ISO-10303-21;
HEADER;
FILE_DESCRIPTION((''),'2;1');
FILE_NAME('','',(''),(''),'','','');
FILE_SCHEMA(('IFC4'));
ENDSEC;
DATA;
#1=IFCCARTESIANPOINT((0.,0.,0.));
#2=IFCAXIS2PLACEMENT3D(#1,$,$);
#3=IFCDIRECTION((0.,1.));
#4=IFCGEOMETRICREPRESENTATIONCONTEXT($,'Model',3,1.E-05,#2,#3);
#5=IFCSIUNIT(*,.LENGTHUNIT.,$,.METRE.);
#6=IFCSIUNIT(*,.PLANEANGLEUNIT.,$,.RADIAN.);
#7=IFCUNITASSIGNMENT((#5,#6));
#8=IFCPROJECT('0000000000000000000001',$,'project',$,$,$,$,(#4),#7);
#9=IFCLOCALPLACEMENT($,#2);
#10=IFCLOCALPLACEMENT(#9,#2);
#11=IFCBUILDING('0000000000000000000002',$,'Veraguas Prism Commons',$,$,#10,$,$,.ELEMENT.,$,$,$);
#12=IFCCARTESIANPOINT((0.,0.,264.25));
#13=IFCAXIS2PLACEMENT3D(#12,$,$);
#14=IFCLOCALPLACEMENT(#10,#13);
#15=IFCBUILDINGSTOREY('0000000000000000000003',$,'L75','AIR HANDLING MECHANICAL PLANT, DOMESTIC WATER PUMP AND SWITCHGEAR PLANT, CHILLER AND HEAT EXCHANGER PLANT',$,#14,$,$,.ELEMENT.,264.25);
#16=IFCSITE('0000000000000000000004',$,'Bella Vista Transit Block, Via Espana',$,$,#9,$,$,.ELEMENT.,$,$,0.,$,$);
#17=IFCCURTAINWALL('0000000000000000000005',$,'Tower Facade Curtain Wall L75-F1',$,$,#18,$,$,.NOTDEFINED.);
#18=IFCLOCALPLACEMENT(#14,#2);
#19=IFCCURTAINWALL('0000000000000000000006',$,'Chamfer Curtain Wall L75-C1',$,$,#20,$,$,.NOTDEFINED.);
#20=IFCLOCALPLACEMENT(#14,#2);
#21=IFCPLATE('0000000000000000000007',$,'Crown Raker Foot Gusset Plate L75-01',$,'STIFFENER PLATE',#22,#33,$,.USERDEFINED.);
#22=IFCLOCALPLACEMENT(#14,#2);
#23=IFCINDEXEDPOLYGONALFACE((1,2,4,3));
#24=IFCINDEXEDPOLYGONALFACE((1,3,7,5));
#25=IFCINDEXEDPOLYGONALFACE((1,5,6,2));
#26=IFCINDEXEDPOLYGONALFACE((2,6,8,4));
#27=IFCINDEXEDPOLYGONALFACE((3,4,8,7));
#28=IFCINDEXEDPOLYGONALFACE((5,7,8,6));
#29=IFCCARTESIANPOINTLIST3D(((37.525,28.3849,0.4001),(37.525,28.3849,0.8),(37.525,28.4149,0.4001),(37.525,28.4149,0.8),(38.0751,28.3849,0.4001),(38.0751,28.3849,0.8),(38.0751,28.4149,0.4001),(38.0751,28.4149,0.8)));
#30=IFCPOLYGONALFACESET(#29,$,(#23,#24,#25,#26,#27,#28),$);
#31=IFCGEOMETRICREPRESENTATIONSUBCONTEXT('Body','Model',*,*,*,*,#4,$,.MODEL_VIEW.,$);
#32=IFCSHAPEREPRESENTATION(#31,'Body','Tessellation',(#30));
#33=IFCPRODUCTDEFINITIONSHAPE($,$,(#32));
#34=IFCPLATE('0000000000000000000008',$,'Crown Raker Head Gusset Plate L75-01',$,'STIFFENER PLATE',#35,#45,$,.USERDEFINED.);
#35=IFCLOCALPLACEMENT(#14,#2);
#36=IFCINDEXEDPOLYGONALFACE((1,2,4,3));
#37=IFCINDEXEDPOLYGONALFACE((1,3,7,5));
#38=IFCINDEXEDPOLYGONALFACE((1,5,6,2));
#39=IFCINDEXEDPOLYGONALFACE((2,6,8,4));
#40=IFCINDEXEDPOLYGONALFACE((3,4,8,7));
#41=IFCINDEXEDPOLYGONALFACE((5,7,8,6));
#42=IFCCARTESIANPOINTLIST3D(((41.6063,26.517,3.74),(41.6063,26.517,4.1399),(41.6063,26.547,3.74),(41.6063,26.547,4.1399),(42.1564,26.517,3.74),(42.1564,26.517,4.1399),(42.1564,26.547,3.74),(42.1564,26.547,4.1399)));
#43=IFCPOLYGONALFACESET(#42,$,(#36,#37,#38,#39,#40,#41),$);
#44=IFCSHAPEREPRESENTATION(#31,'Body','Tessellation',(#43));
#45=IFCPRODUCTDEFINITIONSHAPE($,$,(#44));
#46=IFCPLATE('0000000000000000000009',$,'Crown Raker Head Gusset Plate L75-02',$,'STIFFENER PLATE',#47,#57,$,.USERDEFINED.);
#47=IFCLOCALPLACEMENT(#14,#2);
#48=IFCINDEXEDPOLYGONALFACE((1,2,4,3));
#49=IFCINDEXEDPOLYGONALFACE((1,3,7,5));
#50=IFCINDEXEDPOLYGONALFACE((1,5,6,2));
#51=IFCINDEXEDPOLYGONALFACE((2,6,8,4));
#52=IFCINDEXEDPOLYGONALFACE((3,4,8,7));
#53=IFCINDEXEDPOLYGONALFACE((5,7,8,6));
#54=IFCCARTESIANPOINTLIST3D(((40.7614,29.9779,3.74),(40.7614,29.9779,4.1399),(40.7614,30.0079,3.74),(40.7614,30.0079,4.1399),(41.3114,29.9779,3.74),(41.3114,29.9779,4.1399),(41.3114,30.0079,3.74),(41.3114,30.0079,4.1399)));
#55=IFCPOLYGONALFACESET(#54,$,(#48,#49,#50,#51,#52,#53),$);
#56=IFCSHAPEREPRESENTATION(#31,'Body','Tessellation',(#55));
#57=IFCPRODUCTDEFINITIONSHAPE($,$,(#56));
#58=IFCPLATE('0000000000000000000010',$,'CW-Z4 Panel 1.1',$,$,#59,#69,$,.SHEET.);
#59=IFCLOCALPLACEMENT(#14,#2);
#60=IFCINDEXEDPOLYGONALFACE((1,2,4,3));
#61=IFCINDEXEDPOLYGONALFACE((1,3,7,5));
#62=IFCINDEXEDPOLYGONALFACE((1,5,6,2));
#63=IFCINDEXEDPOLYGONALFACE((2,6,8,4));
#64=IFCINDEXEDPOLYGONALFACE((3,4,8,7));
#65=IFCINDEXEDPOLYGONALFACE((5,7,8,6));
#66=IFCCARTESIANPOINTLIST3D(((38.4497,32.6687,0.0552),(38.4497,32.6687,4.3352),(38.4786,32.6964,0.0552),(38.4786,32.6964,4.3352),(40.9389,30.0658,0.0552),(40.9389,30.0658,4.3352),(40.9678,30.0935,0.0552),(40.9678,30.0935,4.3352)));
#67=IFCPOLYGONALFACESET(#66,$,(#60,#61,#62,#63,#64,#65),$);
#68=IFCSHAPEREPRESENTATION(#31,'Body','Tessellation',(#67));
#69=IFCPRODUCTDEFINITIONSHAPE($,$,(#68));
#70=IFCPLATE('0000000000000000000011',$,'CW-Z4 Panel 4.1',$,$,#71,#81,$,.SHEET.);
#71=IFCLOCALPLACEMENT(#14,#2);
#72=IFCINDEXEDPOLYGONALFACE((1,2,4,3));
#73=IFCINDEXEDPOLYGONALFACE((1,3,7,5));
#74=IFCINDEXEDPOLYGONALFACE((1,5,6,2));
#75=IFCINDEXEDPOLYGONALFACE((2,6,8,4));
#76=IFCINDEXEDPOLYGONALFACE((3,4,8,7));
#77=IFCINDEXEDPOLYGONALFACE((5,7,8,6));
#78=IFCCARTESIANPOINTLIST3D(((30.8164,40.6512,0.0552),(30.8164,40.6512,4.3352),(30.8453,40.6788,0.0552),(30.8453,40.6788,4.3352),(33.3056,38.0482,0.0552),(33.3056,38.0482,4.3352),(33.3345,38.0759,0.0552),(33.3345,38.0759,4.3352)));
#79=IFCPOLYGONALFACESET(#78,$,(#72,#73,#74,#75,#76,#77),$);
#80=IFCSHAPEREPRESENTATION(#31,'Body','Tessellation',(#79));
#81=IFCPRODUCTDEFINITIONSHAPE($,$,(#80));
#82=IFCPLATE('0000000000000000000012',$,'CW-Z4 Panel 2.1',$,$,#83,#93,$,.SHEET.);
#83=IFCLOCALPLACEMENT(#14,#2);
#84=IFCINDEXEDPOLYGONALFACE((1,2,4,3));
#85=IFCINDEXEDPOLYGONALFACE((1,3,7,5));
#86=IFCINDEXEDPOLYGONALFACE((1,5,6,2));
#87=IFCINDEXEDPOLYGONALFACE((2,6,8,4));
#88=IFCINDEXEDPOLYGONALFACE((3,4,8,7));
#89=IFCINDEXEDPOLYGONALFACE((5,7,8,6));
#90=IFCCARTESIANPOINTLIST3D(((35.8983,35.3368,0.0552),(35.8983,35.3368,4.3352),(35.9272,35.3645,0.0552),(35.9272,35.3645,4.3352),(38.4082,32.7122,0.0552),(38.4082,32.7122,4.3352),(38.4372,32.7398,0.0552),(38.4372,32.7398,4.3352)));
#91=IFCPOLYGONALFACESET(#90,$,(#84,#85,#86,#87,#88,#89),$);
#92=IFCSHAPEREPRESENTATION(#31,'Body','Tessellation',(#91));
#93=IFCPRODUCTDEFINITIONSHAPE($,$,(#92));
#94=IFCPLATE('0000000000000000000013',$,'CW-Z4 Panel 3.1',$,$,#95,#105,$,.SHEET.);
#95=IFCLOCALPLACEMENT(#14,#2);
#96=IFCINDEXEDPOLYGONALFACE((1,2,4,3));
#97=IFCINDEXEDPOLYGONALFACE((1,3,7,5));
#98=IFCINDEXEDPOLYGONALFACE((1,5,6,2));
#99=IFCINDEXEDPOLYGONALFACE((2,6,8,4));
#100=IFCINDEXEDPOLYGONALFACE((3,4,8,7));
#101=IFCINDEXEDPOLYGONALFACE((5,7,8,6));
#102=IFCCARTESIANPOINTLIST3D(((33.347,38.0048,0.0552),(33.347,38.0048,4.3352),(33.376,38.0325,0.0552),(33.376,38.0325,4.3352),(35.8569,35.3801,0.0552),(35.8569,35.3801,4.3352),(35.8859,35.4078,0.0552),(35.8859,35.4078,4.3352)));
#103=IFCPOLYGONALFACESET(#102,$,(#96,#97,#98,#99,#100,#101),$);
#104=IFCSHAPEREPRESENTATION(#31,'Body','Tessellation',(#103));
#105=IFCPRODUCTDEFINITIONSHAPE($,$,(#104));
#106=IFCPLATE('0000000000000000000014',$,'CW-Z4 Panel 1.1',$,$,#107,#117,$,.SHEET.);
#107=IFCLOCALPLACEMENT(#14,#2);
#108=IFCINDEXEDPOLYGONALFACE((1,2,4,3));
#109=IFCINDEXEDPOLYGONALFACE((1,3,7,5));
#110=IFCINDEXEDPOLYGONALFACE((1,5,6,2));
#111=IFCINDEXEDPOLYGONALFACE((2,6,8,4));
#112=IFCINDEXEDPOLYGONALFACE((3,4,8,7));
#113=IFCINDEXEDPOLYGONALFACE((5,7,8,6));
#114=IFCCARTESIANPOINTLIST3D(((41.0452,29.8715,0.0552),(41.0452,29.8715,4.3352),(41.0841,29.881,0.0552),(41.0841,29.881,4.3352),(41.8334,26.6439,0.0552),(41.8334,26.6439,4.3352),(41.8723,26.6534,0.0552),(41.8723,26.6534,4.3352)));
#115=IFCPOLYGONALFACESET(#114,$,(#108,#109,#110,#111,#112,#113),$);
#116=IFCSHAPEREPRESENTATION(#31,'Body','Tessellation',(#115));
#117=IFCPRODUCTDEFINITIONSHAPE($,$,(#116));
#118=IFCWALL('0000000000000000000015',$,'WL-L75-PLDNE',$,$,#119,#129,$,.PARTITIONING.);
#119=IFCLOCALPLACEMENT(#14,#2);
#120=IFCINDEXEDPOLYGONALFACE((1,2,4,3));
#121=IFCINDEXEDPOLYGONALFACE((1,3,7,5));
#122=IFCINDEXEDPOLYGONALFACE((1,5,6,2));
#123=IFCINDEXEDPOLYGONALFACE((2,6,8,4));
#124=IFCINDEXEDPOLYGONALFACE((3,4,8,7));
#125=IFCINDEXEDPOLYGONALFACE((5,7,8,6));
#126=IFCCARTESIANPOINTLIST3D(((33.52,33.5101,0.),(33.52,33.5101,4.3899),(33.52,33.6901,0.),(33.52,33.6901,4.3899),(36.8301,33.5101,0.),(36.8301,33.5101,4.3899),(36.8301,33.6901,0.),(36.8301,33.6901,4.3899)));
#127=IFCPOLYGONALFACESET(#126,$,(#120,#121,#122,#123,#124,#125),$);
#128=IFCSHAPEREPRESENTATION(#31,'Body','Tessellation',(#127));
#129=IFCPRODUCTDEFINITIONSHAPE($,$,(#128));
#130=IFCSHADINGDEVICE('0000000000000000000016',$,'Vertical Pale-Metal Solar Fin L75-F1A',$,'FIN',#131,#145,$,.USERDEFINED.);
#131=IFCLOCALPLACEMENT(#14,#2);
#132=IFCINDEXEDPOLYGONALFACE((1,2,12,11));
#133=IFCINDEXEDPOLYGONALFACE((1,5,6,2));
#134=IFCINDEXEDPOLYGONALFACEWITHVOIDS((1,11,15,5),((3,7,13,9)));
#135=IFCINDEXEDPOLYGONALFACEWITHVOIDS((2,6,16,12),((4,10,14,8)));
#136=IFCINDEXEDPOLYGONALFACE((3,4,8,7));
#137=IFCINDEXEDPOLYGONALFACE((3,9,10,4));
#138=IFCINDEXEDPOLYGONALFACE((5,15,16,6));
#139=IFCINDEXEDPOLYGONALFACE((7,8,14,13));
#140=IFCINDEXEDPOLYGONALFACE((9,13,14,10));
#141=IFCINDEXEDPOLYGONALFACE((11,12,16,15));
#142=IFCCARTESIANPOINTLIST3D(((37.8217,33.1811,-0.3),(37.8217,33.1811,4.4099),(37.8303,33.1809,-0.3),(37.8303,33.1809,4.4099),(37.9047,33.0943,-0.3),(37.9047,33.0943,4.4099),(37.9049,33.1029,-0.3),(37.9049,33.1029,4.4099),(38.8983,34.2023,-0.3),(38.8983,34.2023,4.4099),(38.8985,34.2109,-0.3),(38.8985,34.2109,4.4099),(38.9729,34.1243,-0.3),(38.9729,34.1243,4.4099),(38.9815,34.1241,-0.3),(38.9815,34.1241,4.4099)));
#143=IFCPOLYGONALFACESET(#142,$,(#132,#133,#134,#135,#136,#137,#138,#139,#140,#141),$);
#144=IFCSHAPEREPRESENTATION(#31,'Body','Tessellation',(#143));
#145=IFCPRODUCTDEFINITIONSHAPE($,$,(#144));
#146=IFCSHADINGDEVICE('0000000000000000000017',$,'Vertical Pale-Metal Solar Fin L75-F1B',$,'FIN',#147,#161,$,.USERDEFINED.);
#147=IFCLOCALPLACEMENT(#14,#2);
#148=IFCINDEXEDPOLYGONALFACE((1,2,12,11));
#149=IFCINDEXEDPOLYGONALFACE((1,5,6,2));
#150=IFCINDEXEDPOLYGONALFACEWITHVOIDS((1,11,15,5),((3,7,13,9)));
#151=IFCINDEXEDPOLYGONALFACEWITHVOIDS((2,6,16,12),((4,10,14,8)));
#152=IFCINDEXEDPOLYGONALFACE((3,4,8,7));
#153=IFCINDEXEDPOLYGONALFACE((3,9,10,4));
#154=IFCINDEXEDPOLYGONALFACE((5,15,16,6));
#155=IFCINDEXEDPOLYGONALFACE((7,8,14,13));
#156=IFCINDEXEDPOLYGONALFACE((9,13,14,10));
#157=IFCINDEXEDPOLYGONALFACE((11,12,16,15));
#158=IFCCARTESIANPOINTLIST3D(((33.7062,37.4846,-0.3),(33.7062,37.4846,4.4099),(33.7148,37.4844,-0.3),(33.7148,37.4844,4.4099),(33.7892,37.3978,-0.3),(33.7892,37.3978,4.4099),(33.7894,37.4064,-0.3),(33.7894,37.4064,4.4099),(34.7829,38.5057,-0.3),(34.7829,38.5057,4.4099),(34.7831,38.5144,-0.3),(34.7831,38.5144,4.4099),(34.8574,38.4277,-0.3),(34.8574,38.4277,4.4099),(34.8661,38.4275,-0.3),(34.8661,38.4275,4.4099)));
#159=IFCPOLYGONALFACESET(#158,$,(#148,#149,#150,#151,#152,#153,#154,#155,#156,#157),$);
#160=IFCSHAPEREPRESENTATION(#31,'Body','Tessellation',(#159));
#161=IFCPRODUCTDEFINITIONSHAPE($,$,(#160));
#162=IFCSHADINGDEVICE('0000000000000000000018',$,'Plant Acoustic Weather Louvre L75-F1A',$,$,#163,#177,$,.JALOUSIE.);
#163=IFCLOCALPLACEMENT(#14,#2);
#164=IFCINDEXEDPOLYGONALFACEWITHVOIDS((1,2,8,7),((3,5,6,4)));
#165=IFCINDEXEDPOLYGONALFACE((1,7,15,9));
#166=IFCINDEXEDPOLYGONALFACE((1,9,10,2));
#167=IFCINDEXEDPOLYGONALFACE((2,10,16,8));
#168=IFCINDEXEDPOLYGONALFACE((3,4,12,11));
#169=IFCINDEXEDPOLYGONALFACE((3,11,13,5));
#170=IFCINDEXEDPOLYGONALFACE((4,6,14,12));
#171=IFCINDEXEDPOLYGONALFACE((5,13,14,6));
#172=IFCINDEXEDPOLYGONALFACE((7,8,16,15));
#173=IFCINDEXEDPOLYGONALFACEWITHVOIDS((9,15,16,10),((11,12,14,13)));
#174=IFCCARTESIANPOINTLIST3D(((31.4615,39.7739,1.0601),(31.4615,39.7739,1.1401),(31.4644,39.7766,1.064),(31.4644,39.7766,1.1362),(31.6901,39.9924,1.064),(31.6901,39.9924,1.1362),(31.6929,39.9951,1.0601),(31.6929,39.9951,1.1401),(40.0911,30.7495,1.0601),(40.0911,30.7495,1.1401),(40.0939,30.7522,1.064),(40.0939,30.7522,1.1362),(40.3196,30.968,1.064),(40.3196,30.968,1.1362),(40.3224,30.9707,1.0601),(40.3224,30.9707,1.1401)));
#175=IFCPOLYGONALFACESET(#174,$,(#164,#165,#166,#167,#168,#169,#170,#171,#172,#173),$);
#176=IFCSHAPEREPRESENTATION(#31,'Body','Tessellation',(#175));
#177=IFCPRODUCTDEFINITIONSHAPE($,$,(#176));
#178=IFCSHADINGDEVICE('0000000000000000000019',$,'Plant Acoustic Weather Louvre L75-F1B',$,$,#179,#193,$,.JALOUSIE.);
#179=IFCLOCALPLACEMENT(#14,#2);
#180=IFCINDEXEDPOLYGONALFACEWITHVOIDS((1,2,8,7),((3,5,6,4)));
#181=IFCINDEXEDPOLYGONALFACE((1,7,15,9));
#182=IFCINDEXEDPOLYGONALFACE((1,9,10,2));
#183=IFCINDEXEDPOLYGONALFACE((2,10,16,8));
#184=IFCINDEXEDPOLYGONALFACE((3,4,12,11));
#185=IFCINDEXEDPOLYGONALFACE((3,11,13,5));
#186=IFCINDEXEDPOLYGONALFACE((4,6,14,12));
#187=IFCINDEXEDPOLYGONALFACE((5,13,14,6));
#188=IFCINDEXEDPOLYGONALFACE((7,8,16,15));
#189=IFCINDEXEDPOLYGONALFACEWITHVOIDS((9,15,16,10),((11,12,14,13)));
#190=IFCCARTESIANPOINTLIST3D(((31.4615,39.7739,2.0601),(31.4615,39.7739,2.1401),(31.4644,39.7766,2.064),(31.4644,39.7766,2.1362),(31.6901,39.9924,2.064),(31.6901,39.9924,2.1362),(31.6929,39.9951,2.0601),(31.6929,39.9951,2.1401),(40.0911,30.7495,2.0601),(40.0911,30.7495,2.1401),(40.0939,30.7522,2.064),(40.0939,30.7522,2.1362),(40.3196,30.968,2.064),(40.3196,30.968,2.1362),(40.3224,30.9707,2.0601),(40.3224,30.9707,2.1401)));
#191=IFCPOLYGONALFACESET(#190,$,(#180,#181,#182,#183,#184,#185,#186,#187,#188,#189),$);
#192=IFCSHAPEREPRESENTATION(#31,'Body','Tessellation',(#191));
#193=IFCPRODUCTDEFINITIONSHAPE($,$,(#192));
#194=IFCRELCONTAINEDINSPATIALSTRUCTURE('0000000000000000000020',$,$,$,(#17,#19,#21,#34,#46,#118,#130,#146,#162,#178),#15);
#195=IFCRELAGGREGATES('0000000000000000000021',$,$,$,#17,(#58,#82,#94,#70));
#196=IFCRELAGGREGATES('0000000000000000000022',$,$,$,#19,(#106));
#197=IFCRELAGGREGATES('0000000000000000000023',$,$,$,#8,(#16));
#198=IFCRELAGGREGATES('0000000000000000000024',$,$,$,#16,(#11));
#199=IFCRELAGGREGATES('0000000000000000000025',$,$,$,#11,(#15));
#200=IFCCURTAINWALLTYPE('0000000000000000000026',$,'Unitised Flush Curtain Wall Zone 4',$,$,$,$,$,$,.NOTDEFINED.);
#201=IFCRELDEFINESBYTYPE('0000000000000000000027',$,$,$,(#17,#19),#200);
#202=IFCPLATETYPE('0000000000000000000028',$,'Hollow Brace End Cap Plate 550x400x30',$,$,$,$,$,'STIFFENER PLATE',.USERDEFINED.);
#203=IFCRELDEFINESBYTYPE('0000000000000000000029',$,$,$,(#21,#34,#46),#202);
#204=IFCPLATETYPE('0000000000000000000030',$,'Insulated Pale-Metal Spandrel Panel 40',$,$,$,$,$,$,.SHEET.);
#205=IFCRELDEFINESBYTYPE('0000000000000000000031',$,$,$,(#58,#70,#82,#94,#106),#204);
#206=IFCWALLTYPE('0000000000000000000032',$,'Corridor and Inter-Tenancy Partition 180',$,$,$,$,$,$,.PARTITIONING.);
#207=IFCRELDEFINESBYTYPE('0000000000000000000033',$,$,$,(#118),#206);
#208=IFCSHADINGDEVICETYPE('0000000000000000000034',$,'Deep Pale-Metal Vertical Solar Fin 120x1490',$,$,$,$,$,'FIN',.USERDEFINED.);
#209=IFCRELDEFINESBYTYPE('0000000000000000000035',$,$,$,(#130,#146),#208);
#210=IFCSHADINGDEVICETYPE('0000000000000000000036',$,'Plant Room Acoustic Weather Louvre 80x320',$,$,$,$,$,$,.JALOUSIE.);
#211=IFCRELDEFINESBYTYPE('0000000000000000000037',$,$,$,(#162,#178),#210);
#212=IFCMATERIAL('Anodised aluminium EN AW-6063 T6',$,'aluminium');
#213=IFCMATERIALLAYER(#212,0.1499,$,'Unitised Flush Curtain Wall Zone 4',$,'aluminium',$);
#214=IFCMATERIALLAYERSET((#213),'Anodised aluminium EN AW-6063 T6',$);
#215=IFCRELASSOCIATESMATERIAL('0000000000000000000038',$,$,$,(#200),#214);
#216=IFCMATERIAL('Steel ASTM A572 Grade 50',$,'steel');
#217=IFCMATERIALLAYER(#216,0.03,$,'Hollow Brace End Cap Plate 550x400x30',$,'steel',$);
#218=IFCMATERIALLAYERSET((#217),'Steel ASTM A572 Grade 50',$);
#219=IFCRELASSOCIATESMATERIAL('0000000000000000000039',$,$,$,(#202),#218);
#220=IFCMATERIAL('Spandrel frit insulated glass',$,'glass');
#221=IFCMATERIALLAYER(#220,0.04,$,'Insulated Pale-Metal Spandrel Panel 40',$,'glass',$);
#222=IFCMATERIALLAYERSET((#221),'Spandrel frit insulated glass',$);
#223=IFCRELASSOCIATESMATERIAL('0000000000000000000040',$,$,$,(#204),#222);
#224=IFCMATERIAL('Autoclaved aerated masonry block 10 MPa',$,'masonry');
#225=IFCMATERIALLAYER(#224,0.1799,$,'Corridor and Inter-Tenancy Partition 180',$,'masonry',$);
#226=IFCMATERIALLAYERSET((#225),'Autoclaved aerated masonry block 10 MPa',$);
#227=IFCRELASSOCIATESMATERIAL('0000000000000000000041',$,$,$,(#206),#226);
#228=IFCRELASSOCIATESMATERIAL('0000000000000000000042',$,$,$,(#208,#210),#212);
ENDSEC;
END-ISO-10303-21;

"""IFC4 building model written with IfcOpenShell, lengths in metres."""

from ifc_helpers import new_model, si_unit, direction, frame, frame_2d, origin, origin_2d, place, context, subcontext, project, spatial, rectangle, hollow_rectangle, extrude, source, transform, mapped, material, layer, layer_set, material_profile, profile_set, type_object, element, aggregate, save


model = new_model("IFC4")

# Units and contexts
model_context = context("Model", 3, precision=1e-05, world=origin(), true_north=direction((0.0, 1.0)))
body_context = subcontext(model_context, "Body", "Model", "MODEL_VIEW")
ifc_project = project(units=[si_unit("LENGTHUNIT", "METRE"), si_unit("PLANEANGLEUNIT", "RADIAN")], contexts=[model_context])

# Site, building, storey
site_placement = place(None, origin())
site = spatial("IfcSite", under=ifc_project, at=site_placement, Name="Bella Vista Transit Block, Via Espana", CompositionType="ELEMENT", RefElevation=0.0)
building_placement = place(site_placement, origin())
building = spatial("IfcBuilding", under=site, at=building_placement, Name="Veraguas Prism Commons", CompositionType="ELEMENT")
storey_placement = place(building_placement, frame((0.0, 0.0, 264.25)))
storey = spatial("IfcBuildingStorey", under=building, at=storey_placement, Name="L75", Description="AIR HANDLING MECHANICAL PLANT, DOMESTIC WATER PUMP AND SWITCHGEAR PLANT, CHILLER AND HEAT EXCHANGER PLANT", CompositionType="ELEMENT", Elevation=264.25)

# Curtain walls
ifc_material_1 = material(Name="Anodised aluminium EN AW-6063 T6", Category="aluminium")
ifc_layer_1 = layer(ifc_material_1, 0.1499, Name="Unitised Flush Curtain Wall Zone 4", Category="aluminium")
ifc_layer_set_1 = layer_set([ifc_layer_1], Name="Anodised aluminium EN AW-6063 T6")
curtain_wall_type = type_object("IfcCurtainWallType", Name="Unitised Flush Curtain Wall Zone 4", PredefinedType="NOTDEFINED", material=ifc_layer_set_1)
curtain_wall_1_placement = place(storey_placement, origin())
curtain_wall_1 = element("IfcCurtainWall", 1, at=curtain_wall_1_placement, inside=storey, type_object=curtain_wall_type, Name="Tower Facade Curtain Wall L75-F1", PredefinedType="NOTDEFINED")
curtain_wall_2_placement = place(storey_placement, origin())
curtain_wall_2 = element("IfcCurtainWall", 2, at=curtain_wall_2_placement, inside=storey, type_object=curtain_wall_type, Name="Chamfer Curtain Wall L75-C1", PredefinedType="NOTDEFINED")

# Plates
ifc_material_2 = material(Name="Steel ASTM A572 Grade 50", Category="steel")
ifc_layer_2 = layer(ifc_material_2, 0.03, Name="Hollow Brace End Cap Plate 550x400x30", Category="steel")
ifc_layer_set_2 = layer_set([ifc_layer_2], Name="Steel ASTM A572 Grade 50")
plate_type_1 = type_object("IfcPlateType", Name="Hollow Brace End Cap Plate 550x400x30", ElementType="STIFFENER PLATE", PredefinedType="USERDEFINED", material=ifc_layer_set_2)
shared_shape_1 = source(origin(), body_context, "Body", "SweptSolid", [
    extrude(rectangle(XDim=0.55, YDim=0.03, at=origin_2d()), origin(), (0.0, 0.0, 1.0), 0.3999),
])
for number, where, z_axis, x_axis, name in (
    (3, (37.8, 28.3999, 0.4001), (0.0, 0.0, 1.0), (1.0, 0.0, 0.0), "Crown Raker Foot Gusset Plate L75-01"),
    (4, (41.8813, 26.532, 3.74), (0.0, 0.0, 1.0), (1.0, 0.0, 0.0), "Crown Raker Head Gusset Plate L75-01"),
    (5, (41.0364, 29.9929, 3.74), (0.0, 0.0, 1.0), (1.0, 0.0, 0.0), "Crown Raker Head Gusset Plate L75-02"),
):
    element("IfcPlate", number, at=place(storey_placement, frame(where, z_axis=z_axis, x_axis=x_axis)), inside=storey, type_object=plate_type_1, Name=name, ObjectType="STIFFENER PLATE", PredefinedType="USERDEFINED", context=body_context, shape_type="MappedRepresentation", body=[
        mapped(shared_shape_1, transform((0.0, 0.0, 0.0), scale=1.0)),
    ])

# Plates
ifc_material_3 = material(Name="Spandrel frit insulated glass", Category="glass")
ifc_layer_3 = layer(ifc_material_3, 0.04, Name="Insulated Pale-Metal Spandrel Panel 40", Category="glass")
ifc_layer_set_3 = layer_set([ifc_layer_3], Name="Spandrel frit insulated glass")
plate_type_2 = type_object("IfcPlateType", Name="Insulated Pale-Metal Spandrel Panel 40", PredefinedType="SHEET", material=ifc_layer_set_3)
shared_shape_2 = source(origin(), body_context, "Body", "SweptSolid", [
    extrude(rectangle(XDim=3.6016, YDim=0.04, at=origin_2d()), origin(), (0.0, 0.0, 1.0), 4.28),
])
plate_1_placement = place(storey_placement, frame((39.7087, 31.3811, 0.0552), z_axis=(0.0, 0.0, 1.0), x_axis=(-0.691135, 0.722726, 0.0)))
plate_1 = element("IfcPlate", 6, at=plate_1_placement, type_object=plate_type_2, Name="CW-Z4 Panel 1.1", PredefinedType="SHEET", context=body_context, shape_type="MappedRepresentation", body=[
    mapped(shared_shape_2, transform((0.0, 0.0, 0.0), scale=1.0)),
])
plate_2_placement = place(storey_placement, frame((32.0754, 39.3635, 0.0552), z_axis=(0.0, 0.0, 1.0), x_axis=(-0.691135, 0.722726, 0.0)))
plate_2 = element("IfcPlate", 7, at=plate_2_placement, type_object=plate_type_2, Name="CW-Z4 Panel 4.1", PredefinedType="SHEET", context=body_context, shape_type="MappedRepresentation", body=[
    mapped(shared_shape_2, transform((0.0, 0.0, 0.0), scale=1.0)),
])
shared_shape_3 = source(origin(), body_context, "Body", "SweptSolid", [
    extrude(rectangle(XDim=3.6316, YDim=0.04, at=origin_2d()), origin(), (0.0, 0.0, 1.0), 4.28),
])
plate_3_placement = place(storey_placement, frame((37.1677, 34.0383, 0.0552), z_axis=(0.0, 0.0, 1.0), x_axis=(-0.691135, 0.722726, 0.0)))
plate_3 = element("IfcPlate", 8, at=plate_3_placement, type_object=plate_type_2, Name="CW-Z4 Panel 2.1", PredefinedType="SHEET", context=body_context, shape_type="MappedRepresentation", body=[
    mapped(shared_shape_3, transform((0.0, 0.0, 0.0), scale=1.0)),
])
plate_4_placement = place(storey_placement, frame((34.6165, 36.7063, 0.0552), z_axis=(0.0, 0.0, 1.0), x_axis=(-0.691135, 0.722726, 0.0)))
plate_4 = element("IfcPlate", 9, at=plate_4_placement, type_object=plate_type_2, Name="CW-Z4 Panel 3.1", PredefinedType="SHEET", context=body_context, shape_type="MappedRepresentation", body=[
    mapped(shared_shape_3, transform((0.0, 0.0, 0.0), scale=1.0)),
])
aggregate(curtain_wall_1, [plate_1, plate_3, plate_4, plate_2])
shared_shape_4 = source(origin(), body_context, "Body", "SweptSolid", [
    extrude(rectangle(XDim=3.3225, YDim=0.04, at=origin_2d()), origin(), (0.0, 0.0, 1.0), 4.28),
])
plate_5_placement = place(storey_placement, frame((41.4587, 28.2625, 0.0552), z_axis=(0.0, 0.0, 1.0), x_axis=(-0.237208, 0.971459, 0.0)))
plate_5 = element("IfcPlate", 10, at=plate_5_placement, type_object=plate_type_2, Name="CW-Z4 Panel 1.1", PredefinedType="SHEET", context=body_context, shape_type="MappedRepresentation", body=[
    mapped(shared_shape_4, transform((0.0, 0.0, 0.0), scale=1.0)),
])
aggregate(curtain_wall_2, [plate_5])

# Wall
ifc_material_4 = material(Name="Autoclaved aerated masonry block 10 MPa", Category="masonry")
ifc_layer_4 = layer(ifc_material_4, 0.1799, Name="Corridor and Inter-Tenancy Partition 180", Category="masonry")
ifc_layer_set_4 = layer_set([ifc_layer_4], Name="Autoclaved aerated masonry block 10 MPa")
wall_type = type_object("IfcWallType", Name="Corridor and Inter-Tenancy Partition 180", PredefinedType="PARTITIONING", material=ifc_layer_set_4)
wall_placement = place(storey_placement, frame((33.52, 33.6001, 0.0), z_axis=(0.0, 0.0, 1.0), x_axis=(1.0, 0.0, 0.0)))
element("IfcWall", 11, at=wall_placement, inside=storey, type_object=wall_type, Name="WL-L75-PLDNE", PredefinedType="PARTITIONING", context=body_context, shape_type="SweptSolid", body=[
    extrude(rectangle(XDim=3.3101, YDim=0.1799, at=frame_2d((1.655, 0.0))), origin(), (0.0, 0.0, 1.0), 4.3899),
])

# Shading devices
ifc_material_profile_1 = material_profile(ifc_material_1, hollow_rectangle(XDim=0.1201, YDim=1.49, WallThickness=0.0061, at=origin_2d()), Name="FIN120X1490X6")
ifc_profile_set_1 = profile_set([ifc_material_profile_1], Name="Anodised aluminium EN AW-6063 T6")
shading_device_type_1 = type_object("IfcShadingDeviceType", Name="Deep Pale-Metal Vertical Solar Fin 120x1490", ElementType="FIN", PredefinedType="USERDEFINED", material=ifc_profile_set_1)
for number, where, z_axis, x_axis, name in (
    (12, (38.4016, 33.6526, -0.3), (0.0, 0.0, 1.0), (-0.691133, 0.722727, 0.0), "Vertical Pale-Metal Solar Fin L75-F1A"),
    (13, (34.2861, 37.9561, -0.3), (0.0, 0.0, 1.0), (-0.691133, 0.722727, 0.0), "Vertical Pale-Metal Solar Fin L75-F1B"),
):
    element("IfcShadingDevice", number, at=place(storey_placement, frame(where, z_axis=z_axis, x_axis=x_axis)), inside=storey, type_object=shading_device_type_1, Name=name, ObjectType="FIN", PredefinedType="USERDEFINED", context=body_context, shape_type="SweptSolid", body=[
        extrude(hollow_rectangle(XDim=0.1201, YDim=1.49, WallThickness=0.0061, at=origin_2d()), origin(), (0.0, 0.0, 1.0), 4.71),
    ])
ifc_material_profile_2 = material_profile(ifc_material_1, hollow_rectangle(XDim=0.0801, YDim=0.3201, WallThickness=0.0039, at=origin_2d()), Name="LVR80X320X4")
ifc_profile_set_2 = profile_set([ifc_material_profile_2], Name="Anodised aluminium EN AW-6063 T6")
shading_device_type_2 = type_object("IfcShadingDeviceType", Name="Plant Room Acoustic Weather Louvre 80x320", PredefinedType="JALOUSIE", material=ifc_profile_set_2)
for number, where, z_axis, x_axis, name in (
    (14, (40.2068, 30.8601, 1.1001), (-0.691122, 0.722738, 0.0), (0.0, 0.0, 1.0), "Plant Acoustic Weather Louvre L75-F1A"),
    (15, (40.2068, 30.8601, 2.1001), (-0.691122, 0.722738, 0.0), (0.0, 0.0, 1.0), "Plant Acoustic Weather Louvre L75-F1B"),
):
    element("IfcShadingDevice", number, at=place(storey_placement, frame(where, z_axis=z_axis, x_axis=x_axis)), inside=storey, type_object=shading_device_type_2, Name=name, PredefinedType="JALOUSIE", context=body_context, shape_type="SweptSolid", body=[
        extrude(hollow_rectangle(XDim=0.0801, YDim=0.3201, WallThickness=0.0039, at=origin_2d()), origin(), (0.0, 0.0, 1.0), 12.4863),
    ])

save(model, "model.ifc")
